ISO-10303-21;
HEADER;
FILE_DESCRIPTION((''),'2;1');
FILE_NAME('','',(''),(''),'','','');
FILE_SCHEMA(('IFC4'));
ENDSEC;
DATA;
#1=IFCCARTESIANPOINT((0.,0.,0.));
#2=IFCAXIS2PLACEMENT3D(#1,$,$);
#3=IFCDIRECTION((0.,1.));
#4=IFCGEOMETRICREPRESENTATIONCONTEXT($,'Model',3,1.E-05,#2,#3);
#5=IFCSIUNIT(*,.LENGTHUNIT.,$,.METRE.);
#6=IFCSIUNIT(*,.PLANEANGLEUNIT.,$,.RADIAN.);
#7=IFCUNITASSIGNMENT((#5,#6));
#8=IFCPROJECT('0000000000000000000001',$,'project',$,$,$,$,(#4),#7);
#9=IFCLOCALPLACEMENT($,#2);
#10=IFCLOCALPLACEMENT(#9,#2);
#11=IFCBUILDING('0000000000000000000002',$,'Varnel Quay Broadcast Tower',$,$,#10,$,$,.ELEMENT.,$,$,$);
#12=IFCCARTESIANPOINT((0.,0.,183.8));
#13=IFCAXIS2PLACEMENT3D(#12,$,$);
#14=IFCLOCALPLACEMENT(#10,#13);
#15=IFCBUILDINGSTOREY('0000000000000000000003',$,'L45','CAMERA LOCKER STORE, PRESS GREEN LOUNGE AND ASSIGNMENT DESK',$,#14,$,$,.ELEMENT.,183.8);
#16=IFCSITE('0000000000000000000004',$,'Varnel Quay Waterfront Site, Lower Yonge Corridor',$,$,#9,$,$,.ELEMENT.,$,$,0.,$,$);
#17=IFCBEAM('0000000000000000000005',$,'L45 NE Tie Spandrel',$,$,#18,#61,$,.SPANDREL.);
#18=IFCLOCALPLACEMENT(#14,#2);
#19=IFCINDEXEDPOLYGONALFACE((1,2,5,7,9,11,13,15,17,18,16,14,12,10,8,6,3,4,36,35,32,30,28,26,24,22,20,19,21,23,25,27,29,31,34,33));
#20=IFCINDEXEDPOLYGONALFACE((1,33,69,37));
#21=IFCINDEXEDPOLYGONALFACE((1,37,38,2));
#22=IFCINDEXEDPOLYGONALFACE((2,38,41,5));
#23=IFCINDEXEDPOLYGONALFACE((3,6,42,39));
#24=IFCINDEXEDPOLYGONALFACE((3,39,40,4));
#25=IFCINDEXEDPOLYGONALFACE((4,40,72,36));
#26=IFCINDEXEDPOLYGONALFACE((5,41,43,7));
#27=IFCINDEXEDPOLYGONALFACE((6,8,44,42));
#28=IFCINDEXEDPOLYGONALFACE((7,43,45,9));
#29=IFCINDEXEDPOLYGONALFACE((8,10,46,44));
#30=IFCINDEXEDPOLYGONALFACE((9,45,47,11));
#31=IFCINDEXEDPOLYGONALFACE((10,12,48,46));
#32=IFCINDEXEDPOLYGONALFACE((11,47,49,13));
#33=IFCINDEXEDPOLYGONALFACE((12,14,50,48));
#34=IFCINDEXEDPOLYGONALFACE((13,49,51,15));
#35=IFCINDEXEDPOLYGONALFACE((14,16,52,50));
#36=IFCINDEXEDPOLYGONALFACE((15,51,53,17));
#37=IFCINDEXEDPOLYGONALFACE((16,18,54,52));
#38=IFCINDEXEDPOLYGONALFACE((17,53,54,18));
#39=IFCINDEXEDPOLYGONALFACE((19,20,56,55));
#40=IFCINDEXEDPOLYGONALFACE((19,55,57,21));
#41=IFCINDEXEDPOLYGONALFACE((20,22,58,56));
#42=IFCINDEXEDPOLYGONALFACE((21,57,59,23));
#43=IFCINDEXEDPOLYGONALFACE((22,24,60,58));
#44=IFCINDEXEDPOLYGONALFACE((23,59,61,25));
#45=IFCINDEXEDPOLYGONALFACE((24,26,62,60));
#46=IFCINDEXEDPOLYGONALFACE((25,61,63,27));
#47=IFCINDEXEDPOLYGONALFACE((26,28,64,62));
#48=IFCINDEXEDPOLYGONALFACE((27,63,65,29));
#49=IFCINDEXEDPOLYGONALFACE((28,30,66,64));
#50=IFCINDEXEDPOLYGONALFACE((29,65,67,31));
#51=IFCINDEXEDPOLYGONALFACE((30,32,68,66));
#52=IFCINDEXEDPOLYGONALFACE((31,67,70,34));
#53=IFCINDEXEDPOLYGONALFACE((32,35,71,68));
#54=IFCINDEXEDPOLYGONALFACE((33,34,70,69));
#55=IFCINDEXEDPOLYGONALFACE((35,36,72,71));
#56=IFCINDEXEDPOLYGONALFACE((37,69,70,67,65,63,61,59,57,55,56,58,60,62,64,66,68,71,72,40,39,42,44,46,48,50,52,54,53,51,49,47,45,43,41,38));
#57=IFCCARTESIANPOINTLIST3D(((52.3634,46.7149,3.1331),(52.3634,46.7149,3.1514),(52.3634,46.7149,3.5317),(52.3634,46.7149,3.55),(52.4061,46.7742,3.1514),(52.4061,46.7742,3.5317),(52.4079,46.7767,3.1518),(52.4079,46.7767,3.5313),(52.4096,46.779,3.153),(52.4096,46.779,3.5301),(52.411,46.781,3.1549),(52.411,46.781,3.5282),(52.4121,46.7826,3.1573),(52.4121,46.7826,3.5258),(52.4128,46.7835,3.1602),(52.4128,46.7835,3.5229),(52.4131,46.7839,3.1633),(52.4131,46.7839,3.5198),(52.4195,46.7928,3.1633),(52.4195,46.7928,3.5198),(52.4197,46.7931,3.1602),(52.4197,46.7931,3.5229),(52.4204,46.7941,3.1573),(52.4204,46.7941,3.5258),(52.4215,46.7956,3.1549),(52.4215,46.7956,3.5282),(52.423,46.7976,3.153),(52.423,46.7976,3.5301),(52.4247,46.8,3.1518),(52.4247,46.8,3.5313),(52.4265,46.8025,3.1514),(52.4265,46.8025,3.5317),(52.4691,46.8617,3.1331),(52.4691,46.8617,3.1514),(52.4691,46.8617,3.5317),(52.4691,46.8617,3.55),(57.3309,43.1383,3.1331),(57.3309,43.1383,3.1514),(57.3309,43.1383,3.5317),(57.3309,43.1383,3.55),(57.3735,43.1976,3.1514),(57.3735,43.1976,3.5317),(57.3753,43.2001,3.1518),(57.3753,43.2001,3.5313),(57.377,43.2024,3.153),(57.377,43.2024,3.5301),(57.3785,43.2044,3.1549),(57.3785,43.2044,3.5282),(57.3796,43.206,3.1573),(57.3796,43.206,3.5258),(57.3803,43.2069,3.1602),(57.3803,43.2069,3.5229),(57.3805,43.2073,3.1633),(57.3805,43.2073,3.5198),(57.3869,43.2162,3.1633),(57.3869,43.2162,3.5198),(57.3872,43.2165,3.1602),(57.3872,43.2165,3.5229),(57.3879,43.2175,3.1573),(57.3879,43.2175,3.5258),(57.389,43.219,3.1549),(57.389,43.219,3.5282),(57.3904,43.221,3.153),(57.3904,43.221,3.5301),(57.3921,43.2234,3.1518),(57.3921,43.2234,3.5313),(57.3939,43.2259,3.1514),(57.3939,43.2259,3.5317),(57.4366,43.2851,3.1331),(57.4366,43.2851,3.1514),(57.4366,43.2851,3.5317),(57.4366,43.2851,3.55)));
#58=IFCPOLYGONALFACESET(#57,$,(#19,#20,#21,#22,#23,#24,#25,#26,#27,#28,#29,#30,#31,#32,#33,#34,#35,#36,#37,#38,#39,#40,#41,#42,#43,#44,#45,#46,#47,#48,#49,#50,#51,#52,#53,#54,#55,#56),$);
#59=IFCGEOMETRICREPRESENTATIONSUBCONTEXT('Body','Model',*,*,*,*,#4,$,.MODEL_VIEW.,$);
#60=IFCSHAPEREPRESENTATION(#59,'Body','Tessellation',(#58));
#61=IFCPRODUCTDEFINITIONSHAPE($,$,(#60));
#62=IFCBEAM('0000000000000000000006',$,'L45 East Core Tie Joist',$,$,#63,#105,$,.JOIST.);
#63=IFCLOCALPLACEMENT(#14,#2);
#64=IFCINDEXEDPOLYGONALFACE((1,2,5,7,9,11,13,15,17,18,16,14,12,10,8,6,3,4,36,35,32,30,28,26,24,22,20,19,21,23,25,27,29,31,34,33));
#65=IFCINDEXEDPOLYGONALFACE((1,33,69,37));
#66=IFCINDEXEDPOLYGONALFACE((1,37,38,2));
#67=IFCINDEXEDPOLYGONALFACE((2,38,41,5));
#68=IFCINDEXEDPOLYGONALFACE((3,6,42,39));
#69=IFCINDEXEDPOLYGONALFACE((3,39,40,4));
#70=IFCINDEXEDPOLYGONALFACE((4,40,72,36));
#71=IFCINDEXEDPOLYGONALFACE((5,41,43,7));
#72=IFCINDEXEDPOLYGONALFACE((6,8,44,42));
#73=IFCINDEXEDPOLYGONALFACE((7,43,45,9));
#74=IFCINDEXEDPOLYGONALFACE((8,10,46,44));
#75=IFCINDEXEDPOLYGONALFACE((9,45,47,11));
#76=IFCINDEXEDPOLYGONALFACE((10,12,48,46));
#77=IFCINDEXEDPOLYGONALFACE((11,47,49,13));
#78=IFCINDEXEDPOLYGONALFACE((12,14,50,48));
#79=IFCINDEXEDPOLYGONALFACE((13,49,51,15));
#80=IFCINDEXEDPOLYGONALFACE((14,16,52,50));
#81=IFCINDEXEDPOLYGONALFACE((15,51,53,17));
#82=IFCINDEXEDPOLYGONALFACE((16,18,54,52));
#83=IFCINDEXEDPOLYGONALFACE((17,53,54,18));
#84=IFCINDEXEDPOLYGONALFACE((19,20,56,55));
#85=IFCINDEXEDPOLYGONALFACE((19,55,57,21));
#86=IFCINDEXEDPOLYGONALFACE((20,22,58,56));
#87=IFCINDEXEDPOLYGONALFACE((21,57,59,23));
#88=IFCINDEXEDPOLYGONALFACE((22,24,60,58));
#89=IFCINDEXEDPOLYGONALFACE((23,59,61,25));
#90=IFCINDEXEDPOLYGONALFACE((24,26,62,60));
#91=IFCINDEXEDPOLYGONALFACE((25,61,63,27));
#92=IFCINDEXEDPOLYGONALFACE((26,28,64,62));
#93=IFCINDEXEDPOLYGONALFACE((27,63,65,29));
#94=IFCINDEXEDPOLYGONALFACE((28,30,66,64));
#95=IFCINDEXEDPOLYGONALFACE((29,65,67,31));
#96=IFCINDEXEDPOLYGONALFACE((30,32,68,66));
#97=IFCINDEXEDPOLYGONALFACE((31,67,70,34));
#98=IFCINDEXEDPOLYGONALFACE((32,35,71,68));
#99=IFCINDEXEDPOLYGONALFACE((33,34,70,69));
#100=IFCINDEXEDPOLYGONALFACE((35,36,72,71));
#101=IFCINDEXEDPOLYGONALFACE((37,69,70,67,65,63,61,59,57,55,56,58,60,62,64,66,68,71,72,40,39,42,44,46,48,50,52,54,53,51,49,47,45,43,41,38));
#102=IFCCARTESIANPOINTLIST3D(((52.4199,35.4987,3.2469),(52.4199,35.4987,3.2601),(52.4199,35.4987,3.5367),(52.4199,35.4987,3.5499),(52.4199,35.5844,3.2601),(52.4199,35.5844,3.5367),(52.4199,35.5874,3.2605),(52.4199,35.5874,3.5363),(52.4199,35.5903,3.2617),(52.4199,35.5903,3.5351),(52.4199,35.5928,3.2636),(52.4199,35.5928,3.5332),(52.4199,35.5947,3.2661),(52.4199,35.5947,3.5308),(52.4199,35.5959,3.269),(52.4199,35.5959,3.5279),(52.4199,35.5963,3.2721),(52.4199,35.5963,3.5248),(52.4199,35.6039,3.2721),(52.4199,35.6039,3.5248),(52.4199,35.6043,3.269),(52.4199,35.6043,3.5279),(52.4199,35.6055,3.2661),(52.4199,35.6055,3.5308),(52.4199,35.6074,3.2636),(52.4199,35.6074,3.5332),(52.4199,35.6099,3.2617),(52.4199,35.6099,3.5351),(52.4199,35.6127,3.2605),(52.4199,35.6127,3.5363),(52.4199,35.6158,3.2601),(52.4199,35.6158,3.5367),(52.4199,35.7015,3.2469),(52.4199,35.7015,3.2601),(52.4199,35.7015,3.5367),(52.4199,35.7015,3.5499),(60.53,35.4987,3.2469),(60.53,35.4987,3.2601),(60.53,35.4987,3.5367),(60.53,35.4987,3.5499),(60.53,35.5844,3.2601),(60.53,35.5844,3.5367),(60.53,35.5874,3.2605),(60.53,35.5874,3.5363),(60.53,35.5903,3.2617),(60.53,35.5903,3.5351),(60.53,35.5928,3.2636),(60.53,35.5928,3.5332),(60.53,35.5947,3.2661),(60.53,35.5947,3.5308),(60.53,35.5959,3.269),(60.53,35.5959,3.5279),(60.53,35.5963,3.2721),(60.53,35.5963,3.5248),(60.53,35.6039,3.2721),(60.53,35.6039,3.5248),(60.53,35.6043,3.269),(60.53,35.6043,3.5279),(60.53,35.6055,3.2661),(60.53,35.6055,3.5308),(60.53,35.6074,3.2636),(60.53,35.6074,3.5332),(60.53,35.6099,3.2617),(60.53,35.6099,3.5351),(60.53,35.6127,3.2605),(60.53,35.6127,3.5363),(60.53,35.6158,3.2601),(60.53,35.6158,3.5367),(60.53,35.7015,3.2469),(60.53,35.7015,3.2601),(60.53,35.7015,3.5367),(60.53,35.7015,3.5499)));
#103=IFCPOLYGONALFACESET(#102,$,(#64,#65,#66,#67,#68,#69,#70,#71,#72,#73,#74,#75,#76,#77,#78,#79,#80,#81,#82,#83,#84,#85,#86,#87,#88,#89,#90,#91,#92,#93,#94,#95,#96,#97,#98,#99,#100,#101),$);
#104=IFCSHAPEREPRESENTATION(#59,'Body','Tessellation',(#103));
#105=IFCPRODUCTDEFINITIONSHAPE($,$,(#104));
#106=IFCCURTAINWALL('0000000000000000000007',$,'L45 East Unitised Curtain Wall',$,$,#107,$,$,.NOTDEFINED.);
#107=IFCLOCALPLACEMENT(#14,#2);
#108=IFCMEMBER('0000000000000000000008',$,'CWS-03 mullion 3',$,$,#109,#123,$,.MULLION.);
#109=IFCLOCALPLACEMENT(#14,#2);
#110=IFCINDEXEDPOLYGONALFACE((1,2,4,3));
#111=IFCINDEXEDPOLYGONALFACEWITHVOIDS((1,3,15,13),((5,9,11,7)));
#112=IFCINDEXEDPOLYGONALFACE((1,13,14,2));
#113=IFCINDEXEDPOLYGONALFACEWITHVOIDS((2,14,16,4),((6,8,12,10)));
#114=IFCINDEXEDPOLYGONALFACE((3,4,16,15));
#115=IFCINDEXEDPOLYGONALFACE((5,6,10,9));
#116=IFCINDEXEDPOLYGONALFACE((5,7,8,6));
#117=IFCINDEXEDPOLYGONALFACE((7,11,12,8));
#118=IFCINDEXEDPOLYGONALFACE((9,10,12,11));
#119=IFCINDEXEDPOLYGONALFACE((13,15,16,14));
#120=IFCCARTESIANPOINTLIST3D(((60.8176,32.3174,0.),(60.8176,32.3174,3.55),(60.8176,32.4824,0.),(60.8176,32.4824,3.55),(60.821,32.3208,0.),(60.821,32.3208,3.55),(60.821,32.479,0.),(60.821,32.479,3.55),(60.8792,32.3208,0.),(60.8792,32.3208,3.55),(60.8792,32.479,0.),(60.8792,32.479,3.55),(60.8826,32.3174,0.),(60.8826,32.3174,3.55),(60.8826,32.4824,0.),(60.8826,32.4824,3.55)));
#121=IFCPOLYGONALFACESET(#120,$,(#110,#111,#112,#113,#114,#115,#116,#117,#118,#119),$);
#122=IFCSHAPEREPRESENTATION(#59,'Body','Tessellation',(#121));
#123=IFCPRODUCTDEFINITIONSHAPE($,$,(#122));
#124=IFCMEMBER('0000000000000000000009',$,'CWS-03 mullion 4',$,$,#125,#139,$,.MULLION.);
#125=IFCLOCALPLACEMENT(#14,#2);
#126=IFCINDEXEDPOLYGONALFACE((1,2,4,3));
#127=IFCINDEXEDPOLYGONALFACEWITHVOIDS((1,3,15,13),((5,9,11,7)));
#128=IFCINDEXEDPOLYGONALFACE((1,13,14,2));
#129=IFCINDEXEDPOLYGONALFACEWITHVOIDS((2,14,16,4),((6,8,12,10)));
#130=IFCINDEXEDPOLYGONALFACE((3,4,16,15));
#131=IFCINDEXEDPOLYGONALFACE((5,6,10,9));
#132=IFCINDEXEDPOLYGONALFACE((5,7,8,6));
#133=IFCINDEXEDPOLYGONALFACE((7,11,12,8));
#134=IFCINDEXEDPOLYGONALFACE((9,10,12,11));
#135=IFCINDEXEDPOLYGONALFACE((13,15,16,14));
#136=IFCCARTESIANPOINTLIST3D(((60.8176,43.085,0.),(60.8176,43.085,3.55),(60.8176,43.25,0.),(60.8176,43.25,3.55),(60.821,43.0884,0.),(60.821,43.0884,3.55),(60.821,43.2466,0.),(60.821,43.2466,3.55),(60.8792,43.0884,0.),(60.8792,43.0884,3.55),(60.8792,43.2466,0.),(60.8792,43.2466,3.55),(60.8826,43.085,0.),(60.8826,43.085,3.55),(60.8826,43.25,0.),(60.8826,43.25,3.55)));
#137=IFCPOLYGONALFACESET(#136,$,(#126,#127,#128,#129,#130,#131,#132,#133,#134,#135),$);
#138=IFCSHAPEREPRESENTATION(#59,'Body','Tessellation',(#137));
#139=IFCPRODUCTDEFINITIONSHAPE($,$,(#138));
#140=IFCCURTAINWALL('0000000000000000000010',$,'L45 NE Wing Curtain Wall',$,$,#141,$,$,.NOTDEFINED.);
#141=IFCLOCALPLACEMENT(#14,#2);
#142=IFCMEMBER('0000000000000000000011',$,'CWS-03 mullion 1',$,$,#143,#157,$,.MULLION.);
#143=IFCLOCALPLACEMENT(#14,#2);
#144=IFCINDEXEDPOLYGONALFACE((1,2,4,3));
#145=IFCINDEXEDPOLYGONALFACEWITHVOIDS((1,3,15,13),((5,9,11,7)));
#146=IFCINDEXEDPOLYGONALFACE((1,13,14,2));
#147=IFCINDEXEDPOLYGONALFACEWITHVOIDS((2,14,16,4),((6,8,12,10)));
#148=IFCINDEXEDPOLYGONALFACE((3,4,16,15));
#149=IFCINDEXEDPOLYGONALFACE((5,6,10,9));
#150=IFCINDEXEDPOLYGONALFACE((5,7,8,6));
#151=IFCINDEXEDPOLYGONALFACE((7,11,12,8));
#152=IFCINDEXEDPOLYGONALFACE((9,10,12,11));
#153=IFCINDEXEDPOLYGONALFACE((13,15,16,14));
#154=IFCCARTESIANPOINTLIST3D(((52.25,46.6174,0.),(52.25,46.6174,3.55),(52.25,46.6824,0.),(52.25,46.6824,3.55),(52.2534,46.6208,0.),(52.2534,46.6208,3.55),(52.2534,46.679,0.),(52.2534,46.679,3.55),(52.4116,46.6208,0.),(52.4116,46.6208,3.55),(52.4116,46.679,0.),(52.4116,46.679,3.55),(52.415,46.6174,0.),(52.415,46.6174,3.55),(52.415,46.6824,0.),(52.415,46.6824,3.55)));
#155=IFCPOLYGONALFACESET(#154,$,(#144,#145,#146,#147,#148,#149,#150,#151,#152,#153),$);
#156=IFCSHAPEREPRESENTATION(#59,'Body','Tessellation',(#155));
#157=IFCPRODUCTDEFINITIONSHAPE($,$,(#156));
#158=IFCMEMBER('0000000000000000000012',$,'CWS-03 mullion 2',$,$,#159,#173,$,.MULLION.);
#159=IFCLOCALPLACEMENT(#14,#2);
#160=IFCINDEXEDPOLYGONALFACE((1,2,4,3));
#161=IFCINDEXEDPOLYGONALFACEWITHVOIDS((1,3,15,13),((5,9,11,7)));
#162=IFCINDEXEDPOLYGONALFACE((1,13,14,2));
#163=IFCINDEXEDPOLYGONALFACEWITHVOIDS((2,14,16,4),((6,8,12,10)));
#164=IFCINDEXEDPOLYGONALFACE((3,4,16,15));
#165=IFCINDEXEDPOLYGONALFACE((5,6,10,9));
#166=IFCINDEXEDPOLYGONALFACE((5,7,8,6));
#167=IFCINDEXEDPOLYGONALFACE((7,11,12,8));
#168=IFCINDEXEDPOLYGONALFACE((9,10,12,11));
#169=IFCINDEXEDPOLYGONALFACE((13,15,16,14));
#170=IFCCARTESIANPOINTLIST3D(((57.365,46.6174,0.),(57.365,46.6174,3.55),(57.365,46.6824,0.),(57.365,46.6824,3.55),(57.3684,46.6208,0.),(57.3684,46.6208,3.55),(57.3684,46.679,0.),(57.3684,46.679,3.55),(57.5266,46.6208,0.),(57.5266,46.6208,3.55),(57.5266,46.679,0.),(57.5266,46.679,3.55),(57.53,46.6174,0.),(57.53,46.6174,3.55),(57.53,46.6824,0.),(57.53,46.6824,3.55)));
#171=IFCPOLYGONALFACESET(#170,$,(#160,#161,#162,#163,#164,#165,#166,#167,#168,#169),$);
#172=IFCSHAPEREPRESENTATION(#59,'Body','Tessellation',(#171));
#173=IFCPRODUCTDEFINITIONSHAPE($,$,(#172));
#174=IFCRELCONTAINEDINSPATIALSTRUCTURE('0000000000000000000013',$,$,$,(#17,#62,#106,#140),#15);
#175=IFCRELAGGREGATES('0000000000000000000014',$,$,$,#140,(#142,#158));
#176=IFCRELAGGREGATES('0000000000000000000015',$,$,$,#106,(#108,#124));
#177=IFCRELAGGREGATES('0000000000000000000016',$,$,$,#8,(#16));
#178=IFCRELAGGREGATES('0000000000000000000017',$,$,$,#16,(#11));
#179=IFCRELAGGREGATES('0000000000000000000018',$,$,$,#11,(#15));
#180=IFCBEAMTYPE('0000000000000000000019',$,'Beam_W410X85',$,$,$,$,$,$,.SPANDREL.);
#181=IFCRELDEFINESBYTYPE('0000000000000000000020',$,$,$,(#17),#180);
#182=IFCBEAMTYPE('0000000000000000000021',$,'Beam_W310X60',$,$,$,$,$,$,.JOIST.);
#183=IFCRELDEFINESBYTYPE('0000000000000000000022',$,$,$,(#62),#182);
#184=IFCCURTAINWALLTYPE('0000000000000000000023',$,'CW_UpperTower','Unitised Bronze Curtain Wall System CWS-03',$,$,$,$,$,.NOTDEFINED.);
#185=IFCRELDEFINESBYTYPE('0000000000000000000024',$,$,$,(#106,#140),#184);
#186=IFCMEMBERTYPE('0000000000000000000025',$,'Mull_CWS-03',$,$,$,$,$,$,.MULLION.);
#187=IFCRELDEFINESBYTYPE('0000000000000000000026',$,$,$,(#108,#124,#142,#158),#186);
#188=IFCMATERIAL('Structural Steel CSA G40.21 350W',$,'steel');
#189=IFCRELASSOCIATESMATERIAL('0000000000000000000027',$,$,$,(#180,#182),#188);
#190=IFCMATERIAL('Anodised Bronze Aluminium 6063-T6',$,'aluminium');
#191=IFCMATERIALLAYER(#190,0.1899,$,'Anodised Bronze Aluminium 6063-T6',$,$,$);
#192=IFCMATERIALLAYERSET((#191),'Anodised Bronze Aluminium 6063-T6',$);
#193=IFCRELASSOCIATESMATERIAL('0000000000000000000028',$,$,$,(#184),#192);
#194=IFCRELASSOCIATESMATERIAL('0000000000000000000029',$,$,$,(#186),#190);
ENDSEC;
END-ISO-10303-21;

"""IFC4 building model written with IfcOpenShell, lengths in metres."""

from ifc_helpers import new_model, si_unit, direction, frame, origin, origin_2d, place, context, subcontext, project, spatial, hollow_rectangle, i_section, extrude, source, transform, mapped, material, layer, layer_set, material_profile, profile_set, type_object, type_shapes, element, aggregate, save


model = new_model("IFC4")

# Units and contexts
model_context = context("Model", 3, precision=1e-05, world=origin(), true_north=direction((0.0, 1.0)))
body_context = subcontext(model_context, "Body", "Model", "MODEL_VIEW")
ifc_project = project(units=[si_unit("LENGTHUNIT", "METRE"), si_unit("PLANEANGLEUNIT", "RADIAN")], contexts=[model_context])

# Site, building, storey
site_placement = place(None, origin())
site = spatial("IfcSite", under=ifc_project, at=site_placement, Name="Varnel Quay Waterfront Site, Lower Yonge Corridor", CompositionType="ELEMENT", RefElevation=0.0)
building_placement = place(site_placement, origin())
building = spatial("IfcBuilding", under=site, at=building_placement, Name="Varnel Quay Broadcast Tower", CompositionType="ELEMENT")
storey_placement = place(building_placement, frame((0.0, 0.0, 183.8)))
storey = spatial("IfcBuildingStorey", under=building, at=storey_placement, Name="L45", Description="CAMERA LOCKER STORE, PRESS GREEN LOUNGE AND ASSIGNMENT DESK", CompositionType="ELEMENT", Elevation=183.8)

# Shared definitions
ifc_material_1 = material(Name="Structural Steel CSA G40.21 350W", Category="steel")

# Beams
ifc_material_profile_1 = material_profile(ifc_material_1, i_section(OverallWidth=0.1809, OverallDepth=0.417, WebThickness=0.011, FlangeThickness=0.0183, FilletRadius=0.012, at=origin_2d()), Name="W410X85")
ifc_profile_set_1 = profile_set([ifc_material_profile_1], Name="Structural Steel CSA G40.21 350W")
beam_type_1 = type_object("IfcBeamType", Name="Beam_W410X85", PredefinedType="SPANDREL", material=ifc_profile_set_1)
shared_shape_1 = source(origin(), body_context, "Body", "SweptSolid", [
    extrude(i_section(OverallWidth=0.1809, OverallDepth=0.417, WebThickness=0.011, FlangeThickness=0.0183, FilletRadius=0.012, at=origin_2d()), origin(), (0.0, 0.0, 1.0), 6.1211),
])
beam_1_placement = place(storey_placement, frame((52.4163, 46.7883, 3.3416), z_axis=(0.811531, -0.584309, 0.0), x_axis=(0.584309, 0.811531, 0.0)))
element("IfcBeam", 1, at=beam_1_placement, inside=storey, type_object=beam_type_1, Name="L45 NE Tie Spandrel", PredefinedType="SPANDREL", context=body_context, shape_type="MappedRepresentation", body=[
    mapped(shared_shape_1, transform((0.0, 0.0, 0.0), x_axis=(1.0, 0.0, 0.0), y_axis=(0.0, 1.0, 0.0), z_axis=(0.0, 0.0, 1.0), scale=1.0)),
])
ifc_material_profile_2 = material_profile(ifc_material_1, i_section(OverallWidth=0.2029, OverallDepth=0.303, WebThickness=0.0076, FlangeThickness=0.0132, FilletRadius=0.012, at=origin_2d()), Name="W310X60")
ifc_profile_set_2 = profile_set([ifc_material_profile_2], Name="Structural Steel CSA G40.21 350W")
beam_type_2 = type_object("IfcBeamType", Name="Beam_W310X60", PredefinedType="JOIST", material=ifc_profile_set_2)
shared_shape_2 = source(origin(), body_context, "Body", "SweptSolid", [
    extrude(i_section(OverallWidth=0.2029, OverallDepth=0.303, WebThickness=0.0076, FlangeThickness=0.0132, FilletRadius=0.012, at=origin_2d()), origin(), (0.0, 0.0, 1.0), 8.1101),
])
type_shapes(beam_type_2, [shared_shape_2])
beam_2_placement = place(storey_placement, frame((52.4199, 35.6001, 3.3984), z_axis=(1.0, 0.0, 0.0), x_axis=(0.0, 1.0, 0.0)))
element("IfcBeam", 2, at=beam_2_placement, inside=storey, type_object=beam_type_2, Name="L45 East Core Tie Joist", PredefinedType="JOIST", context=body_context, shape_type="MappedRepresentation", body=[
    mapped(shared_shape_2, transform((0.0, 0.0, 0.0), x_axis=(1.0, 0.0, 0.0), y_axis=(0.0, 1.0, 0.0), z_axis=(0.0, 0.0, 1.0), scale=1.0)),
])

# Curtain walls, members
ifc_material_2 = material(Name="Anodised Bronze Aluminium 6063-T6", Category="aluminium")
ifc_layer_1 = layer(ifc_material_2, 0.1899, Name="Anodised Bronze Aluminium 6063-T6")
ifc_layer_set_1 = layer_set([ifc_layer_1], Name="Anodised Bronze Aluminium 6063-T6")
curtain_wall_type = type_object("IfcCurtainWallType", Name="CW_UpperTower", Description="Unitised Bronze Curtain Wall System CWS-03", PredefinedType="NOTDEFINED", material=ifc_layer_set_1)
curtain_wall_1_placement = place(storey_placement, origin())
curtain_wall_1 = element("IfcCurtainWall", 3, at=curtain_wall_1_placement, inside=storey, type_object=curtain_wall_type, Name="L45 East Unitised Curtain Wall", PredefinedType="NOTDEFINED")
ifc_material_profile_3 = material_profile(ifc_material_2, hollow_rectangle(XDim=0.0649, YDim=0.165, WallThickness=0.0034, at=origin_2d()), Name="ALU65X165X3.5")
ifc_profile_set_3 = profile_set([ifc_material_profile_3], Name="Anodised Bronze Aluminium 6063-T6")
member_type_1 = type_object("IfcMemberType", Name="Mull_CWS-03", PredefinedType="MULLION", material=ifc_profile_set_3)
shared_shape_3 = source(origin(), body_context, "Body", "SweptSolid", [
    extrude(hollow_rectangle(XDim=0.0649, YDim=0.165, WallThickness=0.0034, at=origin_2d()), origin(), (0.0, 0.0, 1.0), 3.55),
])
type_shapes(member_type_1, [shared_shape_3])
member_1_placement = place(storey_placement, frame((60.8501, 32.3999, 0.0), z_axis=(0.0, 0.0, 1.0), x_axis=(-1.0, 0.0, 0.0)))
member_1 = element("IfcMember", 4, at=member_1_placement, type_object=member_type_1, Name="CWS-03 mullion 3", PredefinedType="MULLION", context=body_context, shape_type="MappedRepresentation", body=[
    mapped(shared_shape_3, transform((0.0, 0.0, 0.0), x_axis=(1.0, 0.0, 0.0), y_axis=(0.0, 1.0, 0.0), z_axis=(0.0, 0.0, 1.0), scale=1.0)),
])
member_2_placement = place(storey_placement, frame((60.8501, 43.1675, 0.0), z_axis=(0.0, 0.0, 1.0), x_axis=(-1.0, 0.0, 0.0)))
member_2 = element("IfcMember", 5, at=member_2_placement, type_object=member_type_1, Name="CWS-03 mullion 4", PredefinedType="MULLION", context=body_context, shape_type="MappedRepresentation", body=[
    mapped(shared_shape_3, transform((0.0, 0.0, 0.0), x_axis=(1.0, 0.0, 0.0), y_axis=(0.0, 1.0, 0.0), z_axis=(0.0, 0.0, 1.0), scale=1.0)),
])
curtain_wall_2_placement = place(storey_placement, origin())
curtain_wall_2 = element("IfcCurtainWall", 6, at=curtain_wall_2_placement, inside=storey, type_object=curtain_wall_type, Name="L45 NE Wing Curtain Wall", PredefinedType="NOTDEFINED")
member_3_placement = place(storey_placement, frame((52.3325, 46.6499, 0.0), z_axis=(0.0, 0.0, 1.0), x_axis=(0.0, 1.0, 0.0)))
member_3 = element("IfcMember", 7, at=member_3_placement, type_object=member_type_1, Name="CWS-03 mullion 1", PredefinedType="MULLION", context=body_context, shape_type="MappedRepresentation", body=[
    mapped(shared_shape_3, transform((0.0, 0.0, 0.0), x_axis=(1.0, 0.0, 0.0), y_axis=(0.0, 1.0, 0.0), z_axis=(0.0, 0.0, 1.0), scale=1.0)),
])
member_4_placement = place(storey_placement, frame((57.4475, 46.6499, 0.0), z_axis=(0.0, 0.0, 1.0), x_axis=(0.0, 1.0, 0.0)))
member_4 = element("IfcMember", 8, at=member_4_placement, type_object=member_type_1, Name="CWS-03 mullion 2", PredefinedType="MULLION", context=body_context, shape_type="MappedRepresentation", body=[
    mapped(shared_shape_3, transform((0.0, 0.0, 0.0), x_axis=(1.0, 0.0, 0.0), y_axis=(0.0, 1.0, 0.0), z_axis=(0.0, 0.0, 1.0), scale=1.0)),
])

aggregate(curtain_wall_2, [member_3, member_4])
aggregate(curtain_wall_1, [member_1, member_2])

save(model, "model.ifc")
